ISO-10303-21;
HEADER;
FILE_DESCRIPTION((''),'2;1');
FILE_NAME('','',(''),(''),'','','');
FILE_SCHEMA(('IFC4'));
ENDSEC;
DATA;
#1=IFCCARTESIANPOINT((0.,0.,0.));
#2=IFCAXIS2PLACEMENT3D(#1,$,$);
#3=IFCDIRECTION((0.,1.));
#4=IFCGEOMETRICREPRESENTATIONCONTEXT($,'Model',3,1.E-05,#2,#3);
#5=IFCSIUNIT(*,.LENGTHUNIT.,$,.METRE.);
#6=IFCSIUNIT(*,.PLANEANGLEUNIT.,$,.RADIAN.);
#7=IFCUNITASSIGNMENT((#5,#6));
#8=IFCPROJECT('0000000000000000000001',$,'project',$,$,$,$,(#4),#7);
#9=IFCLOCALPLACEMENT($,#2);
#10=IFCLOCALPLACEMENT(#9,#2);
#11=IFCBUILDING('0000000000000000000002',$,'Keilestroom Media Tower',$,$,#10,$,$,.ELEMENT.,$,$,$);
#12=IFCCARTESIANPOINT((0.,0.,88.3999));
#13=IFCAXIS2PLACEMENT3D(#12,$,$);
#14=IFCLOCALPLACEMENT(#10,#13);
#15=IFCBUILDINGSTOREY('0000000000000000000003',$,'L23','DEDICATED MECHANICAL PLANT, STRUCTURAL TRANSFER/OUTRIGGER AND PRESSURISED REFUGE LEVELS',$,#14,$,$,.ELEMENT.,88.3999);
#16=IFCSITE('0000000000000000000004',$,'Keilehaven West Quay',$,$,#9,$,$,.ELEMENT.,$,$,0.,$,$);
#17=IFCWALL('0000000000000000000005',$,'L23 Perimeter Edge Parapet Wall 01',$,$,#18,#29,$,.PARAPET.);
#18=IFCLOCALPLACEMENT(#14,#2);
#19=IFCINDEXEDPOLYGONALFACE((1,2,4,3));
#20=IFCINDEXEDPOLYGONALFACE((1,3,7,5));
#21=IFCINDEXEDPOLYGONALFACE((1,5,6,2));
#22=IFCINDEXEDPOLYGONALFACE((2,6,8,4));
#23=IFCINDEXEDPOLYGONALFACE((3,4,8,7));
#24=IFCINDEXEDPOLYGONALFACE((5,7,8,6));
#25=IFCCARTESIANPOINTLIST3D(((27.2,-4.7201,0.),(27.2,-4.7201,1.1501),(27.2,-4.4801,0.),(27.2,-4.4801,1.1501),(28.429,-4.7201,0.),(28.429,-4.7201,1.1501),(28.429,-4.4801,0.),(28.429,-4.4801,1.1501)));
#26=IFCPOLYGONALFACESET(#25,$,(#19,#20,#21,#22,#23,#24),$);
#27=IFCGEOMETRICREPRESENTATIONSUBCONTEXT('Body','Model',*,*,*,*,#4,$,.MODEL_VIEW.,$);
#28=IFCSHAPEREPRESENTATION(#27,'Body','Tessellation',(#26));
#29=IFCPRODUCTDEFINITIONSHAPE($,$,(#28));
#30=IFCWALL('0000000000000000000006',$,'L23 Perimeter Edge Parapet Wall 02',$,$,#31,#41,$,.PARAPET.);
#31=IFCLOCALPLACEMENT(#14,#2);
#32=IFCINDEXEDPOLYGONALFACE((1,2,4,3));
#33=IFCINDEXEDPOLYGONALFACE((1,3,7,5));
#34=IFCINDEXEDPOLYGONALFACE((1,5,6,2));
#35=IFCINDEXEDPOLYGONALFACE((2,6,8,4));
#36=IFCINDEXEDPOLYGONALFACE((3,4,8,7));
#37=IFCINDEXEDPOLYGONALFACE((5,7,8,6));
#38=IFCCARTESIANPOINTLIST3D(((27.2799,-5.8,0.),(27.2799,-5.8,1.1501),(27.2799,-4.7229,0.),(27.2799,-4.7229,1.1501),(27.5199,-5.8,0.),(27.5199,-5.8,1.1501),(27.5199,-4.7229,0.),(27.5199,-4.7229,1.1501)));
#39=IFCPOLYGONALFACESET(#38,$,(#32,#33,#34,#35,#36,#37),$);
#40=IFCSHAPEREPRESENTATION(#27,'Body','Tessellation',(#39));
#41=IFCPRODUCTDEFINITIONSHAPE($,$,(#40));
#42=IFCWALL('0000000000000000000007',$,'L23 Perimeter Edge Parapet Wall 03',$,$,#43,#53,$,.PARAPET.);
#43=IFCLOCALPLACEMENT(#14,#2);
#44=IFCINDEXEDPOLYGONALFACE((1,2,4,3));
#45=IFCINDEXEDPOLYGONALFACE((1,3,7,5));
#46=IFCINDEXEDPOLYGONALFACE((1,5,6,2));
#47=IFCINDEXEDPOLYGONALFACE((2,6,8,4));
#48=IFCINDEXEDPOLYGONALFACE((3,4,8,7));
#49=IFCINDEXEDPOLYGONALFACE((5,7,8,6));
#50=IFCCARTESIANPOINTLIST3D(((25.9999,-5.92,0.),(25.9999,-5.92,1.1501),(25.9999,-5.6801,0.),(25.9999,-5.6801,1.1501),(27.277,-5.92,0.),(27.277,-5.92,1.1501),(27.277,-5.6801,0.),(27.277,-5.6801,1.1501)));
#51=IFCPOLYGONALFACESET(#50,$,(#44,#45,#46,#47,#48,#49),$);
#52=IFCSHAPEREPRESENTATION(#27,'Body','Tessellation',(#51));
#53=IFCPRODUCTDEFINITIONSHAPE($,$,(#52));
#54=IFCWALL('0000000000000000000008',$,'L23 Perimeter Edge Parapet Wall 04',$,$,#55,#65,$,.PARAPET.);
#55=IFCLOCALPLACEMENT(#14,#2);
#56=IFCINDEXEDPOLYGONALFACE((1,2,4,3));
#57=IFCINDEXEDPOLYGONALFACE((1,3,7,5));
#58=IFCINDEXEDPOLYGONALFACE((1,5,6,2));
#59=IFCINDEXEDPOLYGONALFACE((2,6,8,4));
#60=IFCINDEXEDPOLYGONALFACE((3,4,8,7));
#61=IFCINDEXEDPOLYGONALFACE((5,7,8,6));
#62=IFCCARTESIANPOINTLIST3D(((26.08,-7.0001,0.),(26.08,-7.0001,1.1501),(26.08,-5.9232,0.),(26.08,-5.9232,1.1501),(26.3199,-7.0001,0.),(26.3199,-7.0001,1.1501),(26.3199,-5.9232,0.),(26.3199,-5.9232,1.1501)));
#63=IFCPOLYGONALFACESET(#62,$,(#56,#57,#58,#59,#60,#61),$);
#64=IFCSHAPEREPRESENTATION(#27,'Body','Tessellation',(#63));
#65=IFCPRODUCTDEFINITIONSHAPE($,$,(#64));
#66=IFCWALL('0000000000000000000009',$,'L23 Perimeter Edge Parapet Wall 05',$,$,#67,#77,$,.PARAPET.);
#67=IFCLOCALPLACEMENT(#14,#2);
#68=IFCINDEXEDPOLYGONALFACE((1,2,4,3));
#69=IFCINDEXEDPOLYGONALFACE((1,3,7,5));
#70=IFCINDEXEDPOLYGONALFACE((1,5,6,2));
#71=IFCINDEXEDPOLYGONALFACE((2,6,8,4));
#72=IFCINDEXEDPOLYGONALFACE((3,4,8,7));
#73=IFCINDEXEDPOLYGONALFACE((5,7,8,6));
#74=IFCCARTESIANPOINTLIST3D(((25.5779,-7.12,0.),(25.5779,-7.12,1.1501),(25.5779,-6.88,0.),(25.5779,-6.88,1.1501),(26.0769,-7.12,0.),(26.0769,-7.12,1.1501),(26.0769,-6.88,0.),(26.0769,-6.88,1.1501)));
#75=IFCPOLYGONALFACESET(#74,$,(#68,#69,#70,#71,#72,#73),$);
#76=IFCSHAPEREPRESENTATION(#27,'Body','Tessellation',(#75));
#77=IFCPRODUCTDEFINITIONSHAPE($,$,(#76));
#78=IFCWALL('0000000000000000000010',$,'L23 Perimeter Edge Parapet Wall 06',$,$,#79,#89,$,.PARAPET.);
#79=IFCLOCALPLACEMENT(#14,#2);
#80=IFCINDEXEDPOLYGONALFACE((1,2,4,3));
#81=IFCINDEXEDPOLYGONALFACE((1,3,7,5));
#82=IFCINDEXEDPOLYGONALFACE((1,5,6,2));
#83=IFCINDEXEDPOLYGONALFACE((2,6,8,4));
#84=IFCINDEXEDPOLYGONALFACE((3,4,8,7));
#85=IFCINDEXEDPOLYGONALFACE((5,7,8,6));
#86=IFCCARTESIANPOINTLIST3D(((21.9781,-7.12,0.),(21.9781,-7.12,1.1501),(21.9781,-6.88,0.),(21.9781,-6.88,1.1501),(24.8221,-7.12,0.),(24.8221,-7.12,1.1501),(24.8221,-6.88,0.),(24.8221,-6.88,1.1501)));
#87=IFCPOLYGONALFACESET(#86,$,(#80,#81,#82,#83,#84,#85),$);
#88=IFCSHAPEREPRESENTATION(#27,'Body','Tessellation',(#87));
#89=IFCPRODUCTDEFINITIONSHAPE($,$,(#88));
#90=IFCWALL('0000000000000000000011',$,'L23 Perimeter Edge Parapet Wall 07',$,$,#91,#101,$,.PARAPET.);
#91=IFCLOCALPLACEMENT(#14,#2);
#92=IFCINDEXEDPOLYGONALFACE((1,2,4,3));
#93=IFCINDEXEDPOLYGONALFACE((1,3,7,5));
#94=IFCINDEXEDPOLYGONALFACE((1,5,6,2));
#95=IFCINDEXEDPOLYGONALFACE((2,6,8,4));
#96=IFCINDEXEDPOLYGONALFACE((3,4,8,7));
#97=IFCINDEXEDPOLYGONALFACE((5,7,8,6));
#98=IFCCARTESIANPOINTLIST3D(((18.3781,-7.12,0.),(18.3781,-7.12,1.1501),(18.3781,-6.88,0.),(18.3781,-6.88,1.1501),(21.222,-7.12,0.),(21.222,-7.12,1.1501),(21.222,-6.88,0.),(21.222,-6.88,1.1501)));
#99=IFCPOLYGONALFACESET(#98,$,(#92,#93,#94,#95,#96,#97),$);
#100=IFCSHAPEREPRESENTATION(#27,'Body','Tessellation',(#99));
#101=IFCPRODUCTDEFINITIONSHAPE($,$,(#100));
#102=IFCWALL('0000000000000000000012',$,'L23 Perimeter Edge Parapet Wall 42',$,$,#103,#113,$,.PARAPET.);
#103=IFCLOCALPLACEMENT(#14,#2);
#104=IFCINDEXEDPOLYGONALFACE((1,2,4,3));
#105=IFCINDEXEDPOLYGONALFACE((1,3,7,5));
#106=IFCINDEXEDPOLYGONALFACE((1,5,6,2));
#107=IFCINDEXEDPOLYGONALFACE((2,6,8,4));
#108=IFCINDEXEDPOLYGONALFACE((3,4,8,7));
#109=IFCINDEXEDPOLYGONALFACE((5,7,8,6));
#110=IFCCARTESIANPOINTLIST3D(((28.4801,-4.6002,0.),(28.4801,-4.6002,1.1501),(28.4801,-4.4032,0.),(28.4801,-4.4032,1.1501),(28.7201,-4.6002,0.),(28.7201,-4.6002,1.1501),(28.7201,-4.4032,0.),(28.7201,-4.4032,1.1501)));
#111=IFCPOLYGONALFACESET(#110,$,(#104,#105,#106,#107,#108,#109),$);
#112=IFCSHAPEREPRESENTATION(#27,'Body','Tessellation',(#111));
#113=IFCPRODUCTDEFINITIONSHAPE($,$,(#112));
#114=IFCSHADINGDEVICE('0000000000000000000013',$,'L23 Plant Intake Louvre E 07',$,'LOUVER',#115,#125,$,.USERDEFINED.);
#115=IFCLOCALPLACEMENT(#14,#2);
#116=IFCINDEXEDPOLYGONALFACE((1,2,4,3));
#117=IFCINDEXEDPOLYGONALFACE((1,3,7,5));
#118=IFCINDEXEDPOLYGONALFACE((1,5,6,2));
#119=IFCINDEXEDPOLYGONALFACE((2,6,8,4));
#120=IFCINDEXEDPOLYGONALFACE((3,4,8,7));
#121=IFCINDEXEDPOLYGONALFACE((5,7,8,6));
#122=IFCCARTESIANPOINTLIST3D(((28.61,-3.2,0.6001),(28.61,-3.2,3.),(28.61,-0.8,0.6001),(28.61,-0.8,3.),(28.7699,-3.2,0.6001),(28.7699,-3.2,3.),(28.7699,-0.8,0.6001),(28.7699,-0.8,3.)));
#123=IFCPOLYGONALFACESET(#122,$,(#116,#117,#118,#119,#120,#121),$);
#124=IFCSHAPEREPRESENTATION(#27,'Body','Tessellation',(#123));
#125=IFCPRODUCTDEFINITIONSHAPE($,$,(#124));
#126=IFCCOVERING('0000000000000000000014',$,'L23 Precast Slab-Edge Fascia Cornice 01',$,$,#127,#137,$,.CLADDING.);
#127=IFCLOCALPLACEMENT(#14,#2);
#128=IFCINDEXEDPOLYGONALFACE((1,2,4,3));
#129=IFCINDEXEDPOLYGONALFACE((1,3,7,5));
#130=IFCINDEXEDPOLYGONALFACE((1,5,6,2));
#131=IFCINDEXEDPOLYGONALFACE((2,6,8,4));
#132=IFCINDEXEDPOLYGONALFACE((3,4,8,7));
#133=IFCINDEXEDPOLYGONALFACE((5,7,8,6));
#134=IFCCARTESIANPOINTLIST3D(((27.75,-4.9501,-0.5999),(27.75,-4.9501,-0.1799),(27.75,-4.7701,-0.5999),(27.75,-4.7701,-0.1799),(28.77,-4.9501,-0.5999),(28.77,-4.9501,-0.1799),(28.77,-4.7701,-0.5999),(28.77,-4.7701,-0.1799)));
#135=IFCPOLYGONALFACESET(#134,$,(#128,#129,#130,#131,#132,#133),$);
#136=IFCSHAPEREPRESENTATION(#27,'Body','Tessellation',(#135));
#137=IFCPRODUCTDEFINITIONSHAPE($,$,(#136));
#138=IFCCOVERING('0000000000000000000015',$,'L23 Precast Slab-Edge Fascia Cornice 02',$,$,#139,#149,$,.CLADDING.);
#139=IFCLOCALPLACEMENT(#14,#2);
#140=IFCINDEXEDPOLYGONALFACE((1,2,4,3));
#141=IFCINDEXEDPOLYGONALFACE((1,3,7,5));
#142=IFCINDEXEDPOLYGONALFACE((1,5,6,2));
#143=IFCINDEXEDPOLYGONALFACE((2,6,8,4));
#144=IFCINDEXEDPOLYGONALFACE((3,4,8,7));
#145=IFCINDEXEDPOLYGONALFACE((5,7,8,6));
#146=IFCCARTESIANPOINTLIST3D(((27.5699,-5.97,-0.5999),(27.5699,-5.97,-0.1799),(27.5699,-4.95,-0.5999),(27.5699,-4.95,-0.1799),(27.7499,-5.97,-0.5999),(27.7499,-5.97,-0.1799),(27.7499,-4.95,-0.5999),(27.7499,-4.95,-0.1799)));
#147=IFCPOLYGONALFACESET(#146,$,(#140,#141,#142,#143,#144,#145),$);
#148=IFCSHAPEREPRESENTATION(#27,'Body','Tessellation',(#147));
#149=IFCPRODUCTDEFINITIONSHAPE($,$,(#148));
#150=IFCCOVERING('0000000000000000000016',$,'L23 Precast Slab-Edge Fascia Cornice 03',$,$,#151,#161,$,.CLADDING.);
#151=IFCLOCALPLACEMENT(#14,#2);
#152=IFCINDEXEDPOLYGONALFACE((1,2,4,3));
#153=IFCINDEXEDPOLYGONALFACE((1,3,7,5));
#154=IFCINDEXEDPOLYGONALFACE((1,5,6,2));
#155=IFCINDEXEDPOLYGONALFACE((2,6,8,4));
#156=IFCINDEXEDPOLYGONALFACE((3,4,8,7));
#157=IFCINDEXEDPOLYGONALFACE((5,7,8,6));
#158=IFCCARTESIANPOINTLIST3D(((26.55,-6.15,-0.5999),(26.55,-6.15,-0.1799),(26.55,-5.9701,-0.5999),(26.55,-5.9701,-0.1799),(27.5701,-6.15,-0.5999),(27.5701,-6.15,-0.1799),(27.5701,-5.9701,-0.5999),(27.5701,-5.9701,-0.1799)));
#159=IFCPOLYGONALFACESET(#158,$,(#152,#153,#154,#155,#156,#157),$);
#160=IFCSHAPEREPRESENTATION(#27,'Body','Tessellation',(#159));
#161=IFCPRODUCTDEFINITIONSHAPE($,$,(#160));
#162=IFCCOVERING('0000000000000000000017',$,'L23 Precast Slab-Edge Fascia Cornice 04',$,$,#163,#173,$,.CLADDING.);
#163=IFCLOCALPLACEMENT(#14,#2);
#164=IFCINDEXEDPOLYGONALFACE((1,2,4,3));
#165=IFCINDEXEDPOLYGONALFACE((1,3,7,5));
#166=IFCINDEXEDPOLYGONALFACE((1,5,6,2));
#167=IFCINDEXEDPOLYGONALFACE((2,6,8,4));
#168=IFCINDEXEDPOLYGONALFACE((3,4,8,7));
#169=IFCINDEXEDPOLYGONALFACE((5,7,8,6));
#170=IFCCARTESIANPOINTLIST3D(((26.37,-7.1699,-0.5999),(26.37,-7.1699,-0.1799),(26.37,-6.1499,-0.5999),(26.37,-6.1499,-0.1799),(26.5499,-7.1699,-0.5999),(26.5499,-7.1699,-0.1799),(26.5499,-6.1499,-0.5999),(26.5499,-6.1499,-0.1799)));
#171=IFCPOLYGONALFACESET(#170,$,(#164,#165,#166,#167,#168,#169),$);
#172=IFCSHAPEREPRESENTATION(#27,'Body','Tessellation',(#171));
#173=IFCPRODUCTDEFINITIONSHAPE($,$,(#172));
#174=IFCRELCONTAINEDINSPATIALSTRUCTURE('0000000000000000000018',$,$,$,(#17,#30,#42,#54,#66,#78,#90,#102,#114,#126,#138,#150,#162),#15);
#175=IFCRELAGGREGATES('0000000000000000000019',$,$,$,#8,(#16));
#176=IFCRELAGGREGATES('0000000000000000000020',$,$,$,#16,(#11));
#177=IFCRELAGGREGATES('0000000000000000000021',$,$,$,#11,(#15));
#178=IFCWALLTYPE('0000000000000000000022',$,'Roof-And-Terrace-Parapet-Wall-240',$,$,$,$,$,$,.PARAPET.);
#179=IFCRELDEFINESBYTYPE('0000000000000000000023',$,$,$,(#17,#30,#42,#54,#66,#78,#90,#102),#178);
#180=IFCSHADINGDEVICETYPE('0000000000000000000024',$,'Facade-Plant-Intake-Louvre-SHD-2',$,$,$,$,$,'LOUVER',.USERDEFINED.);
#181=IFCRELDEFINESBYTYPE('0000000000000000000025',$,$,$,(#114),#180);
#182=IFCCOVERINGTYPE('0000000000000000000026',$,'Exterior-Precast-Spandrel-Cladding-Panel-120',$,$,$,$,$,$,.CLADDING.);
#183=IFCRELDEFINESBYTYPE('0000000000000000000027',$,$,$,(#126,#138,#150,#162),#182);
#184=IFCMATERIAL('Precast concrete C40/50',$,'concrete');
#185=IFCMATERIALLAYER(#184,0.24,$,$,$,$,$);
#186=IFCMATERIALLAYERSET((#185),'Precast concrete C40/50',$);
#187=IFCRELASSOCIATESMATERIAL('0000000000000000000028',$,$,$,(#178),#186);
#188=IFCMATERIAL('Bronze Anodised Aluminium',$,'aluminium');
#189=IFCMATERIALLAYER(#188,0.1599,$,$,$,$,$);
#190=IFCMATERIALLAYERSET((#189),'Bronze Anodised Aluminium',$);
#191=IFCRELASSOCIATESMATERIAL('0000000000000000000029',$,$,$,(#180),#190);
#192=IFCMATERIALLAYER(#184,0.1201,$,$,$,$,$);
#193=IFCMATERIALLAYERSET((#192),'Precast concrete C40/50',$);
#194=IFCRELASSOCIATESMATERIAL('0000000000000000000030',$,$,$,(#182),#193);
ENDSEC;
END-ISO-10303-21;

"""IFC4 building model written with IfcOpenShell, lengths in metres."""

from ifc_helpers import new_model, si_unit, direction, frame, frame_2d, origin, origin_2d, place, context, subcontext, project, spatial, rectangle, extrude, source, transform, mapped, material, layer, layer_set, type_object, element, save


model = new_model("IFC4")

# Units and contexts
model_context = context("Model", 3, precision=1e-05, world=origin(), true_north=direction((0.0, 1.0)))
body_context = subcontext(model_context, "Body", "Model", "MODEL_VIEW")
ifc_project = project(units=[si_unit("LENGTHUNIT", "METRE"), si_unit("PLANEANGLEUNIT", "RADIAN")], contexts=[model_context])

# Site, building, storey
site_placement = place(None, origin())
site = spatial("IfcSite", under=ifc_project, at=site_placement, Name="Keilehaven West Quay", CompositionType="ELEMENT", RefElevation=0.0)
building_placement = place(site_placement, origin())
building = spatial("IfcBuilding", under=site, at=building_placement, Name="Keilestroom Media Tower", CompositionType="ELEMENT")
storey_placement = place(building_placement, frame((0.0, 0.0, 88.3999)))
storey = spatial("IfcBuildingStorey", under=building, at=storey_placement, Name="L23", Description="DEDICATED MECHANICAL PLANT, STRUCTURAL TRANSFER/OUTRIGGER AND PRESSURISED REFUGE LEVELS", CompositionType="ELEMENT", Elevation=88.3999)

# Shared definitions
ifc_material_1 = material(Name="Precast concrete C40/50", Category="concrete")

# Walls
ifc_layer_1 = layer(ifc_material_1, 0.24)
ifc_layer_set_1 = layer_set([ifc_layer_1], Name="Precast concrete C40/50")
wall_type_1 = type_object("IfcWallType", Name="Roof-And-Terrace-Parapet-Wall-240", PredefinedType="PARAPET", material=ifc_layer_set_1)
wall_1_placement = place(storey_placement, frame((28.429, -4.6001, 0.0), z_axis=(0.0, 0.0, 1.0), x_axis=(-1.0, 0.0, 0.0)))
element("IfcWall", 1, at=wall_1_placement, inside=storey, type_object=wall_type_1, Name="L23 Perimeter Edge Parapet Wall 01", PredefinedType="PARAPET", context=body_context, shape_type="SweptSolid", body=[
    extrude(rectangle(XDim=1.229, YDim=0.24, at=frame_2d((0.6145, 0.0))), origin(), (0.0, 0.0, 1.0), 1.1501),
])
wall_2_placement = place(storey_placement, frame((27.3999, -4.7229, 0.0), z_axis=(0.0, 0.0, 1.0), x_axis=(0.0, -1.0, 0.0)))
element("IfcWall", 2, at=wall_2_placement, inside=storey, type_object=wall_type_1, Name="L23 Perimeter Edge Parapet Wall 02", PredefinedType="PARAPET", context=body_context, shape_type="SweptSolid", body=[
    extrude(rectangle(XDim=1.0771, YDim=0.24, at=frame_2d((0.5386, 0.0))), origin(), (0.0, 0.0, 1.0), 1.1501),
])
wall_3_placement = place(storey_placement, frame((27.2771, -5.8, 0.0), z_axis=(0.0, 0.0, 1.0), x_axis=(-1.0, 0.0, 0.0)))
element("IfcWall", 3, at=wall_3_placement, inside=storey, type_object=wall_type_1, Name="L23 Perimeter Edge Parapet Wall 03", PredefinedType="PARAPET", context=body_context, shape_type="SweptSolid", body=[
    extrude(rectangle(XDim=1.2771, YDim=0.24, at=frame_2d((0.6387, 0.0))), origin(), (0.0, 0.0, 1.0), 1.1501),
])
wall_4_placement = place(storey_placement, frame((26.2, -5.9231, 0.0), z_axis=(0.0, 0.0, 1.0), x_axis=(0.0, -1.0, 0.0)))
element("IfcWall", 4, at=wall_4_placement, inside=storey, type_object=wall_type_1, Name="L23 Perimeter Edge Parapet Wall 04", PredefinedType="PARAPET", context=body_context, shape_type="SweptSolid", body=[
    extrude(rectangle(XDim=1.0769, YDim=0.24, at=frame_2d((0.5386, 0.0))), origin(), (0.0, 0.0, 1.0), 1.1501),
])
wall_5_placement = place(storey_placement, frame((26.0769, -7.0, 0.0), z_axis=(0.0, 0.0, 1.0), x_axis=(-1.0, 0.0, 0.0)))
element("IfcWall", 5, at=wall_5_placement, inside=storey, type_object=wall_type_1, Name="L23 Perimeter Edge Parapet Wall 05", PredefinedType="PARAPET", context=body_context, shape_type="SweptSolid", body=[
    extrude(rectangle(XDim=0.499, YDim=0.24, at=frame_2d((0.2495, 0.0))), origin(), (0.0, 0.0, 1.0), 1.1501),
])
for number, where, z_axis, x_axis, name in (
    (6, (24.822, -7.0, 0.0), (0.0, 0.0, 1.0), (-1.0, 0.0, 0.0), "L23 Perimeter Edge Parapet Wall 06"),
    (7, (21.2219, -7.0, 0.0), (0.0, 0.0, 1.0), (-1.0, 0.0, 0.0), "L23 Perimeter Edge Parapet Wall 07"),
):
    element("IfcWall", number, at=place(storey_placement, frame(where, z_axis=z_axis, x_axis=x_axis)), inside=storey, type_object=wall_type_1, Name=name, PredefinedType="PARAPET", context=body_context, shape_type="SweptSolid", body=[
        extrude(rectangle(XDim=2.844, YDim=0.24, at=frame_2d((1.4219, 0.0))), origin(), (0.0, 0.0, 1.0), 1.1501),
    ])
wall_6_placement = place(storey_placement, frame((28.6001, -4.4031, 0.0), z_axis=(0.0, 0.0, 1.0), x_axis=(0.0, -1.0, 0.0)))
element("IfcWall", 8, at=wall_6_placement, inside=storey, type_object=wall_type_1, Name="L23 Perimeter Edge Parapet Wall 42", PredefinedType="PARAPET", context=body_context, shape_type="SweptSolid", body=[
    extrude(rectangle(XDim=0.197, YDim=0.24, at=frame_2d((0.0986, 0.0))), origin(), (0.0, 0.0, 1.0), 1.1501),
])

# Shading device
ifc_material_2 = material(Name="Bronze Anodised Aluminium", Category="aluminium")
ifc_layer_2 = layer(ifc_material_2, 0.1599)
ifc_layer_set_2 = layer_set([ifc_layer_2], Name="Bronze Anodised Aluminium")
shading_device_type = type_object("IfcShadingDeviceType", Name="Facade-Plant-Intake-Louvre-SHD-2", ElementType="LOUVER", PredefinedType="USERDEFINED", material=ifc_layer_set_2)
shared_shape_1 = source(origin(), body_context, "Body", "SweptSolid", [
    extrude(rectangle(XDim=0.1599, YDim=2.3999, at=origin_2d()), origin(), (0.0, 0.0, 1.0), 2.3999),
])
shading_device_placement = place(storey_placement, frame((28.6899, -2.0, 0.6001), z_axis=(0.0, 0.0, 1.0), x_axis=(1.0, 0.0, 0.0)))
element("IfcShadingDevice", 9, at=shading_device_placement, inside=storey, type_object=shading_device_type, Name="L23 Plant Intake Louvre E 07", ObjectType="LOUVER", PredefinedType="USERDEFINED", context=body_context, shape_type="MappedRepresentation", body=[
    mapped(shared_shape_1, transform((0.0, 0.0, 0.0), x_axis=(1.0, 0.0, 0.0), y_axis=(0.0, 1.0, 0.0), z_axis=(0.0, 0.0, 1.0), scale=1.0)),
])

# Coverings
ifc_layer_3 = layer(ifc_material_1, 0.1201)
ifc_layer_set_3 = layer_set([ifc_layer_3], Name="Precast concrete C40/50")
covering_type = type_object("IfcCoveringType", Name="Exterior-Precast-Spandrel-Cladding-Panel-120", PredefinedType="CLADDING", material=ifc_layer_set_3)
shared_shape_2 = source(origin(), body_context, "Body", "SweptSolid", [
    extrude(rectangle(XDim=1.02, YDim=0.1799, at=origin_2d()), origin(), (0.0, 0.0, 1.0), 0.4199),
])
for number, where, z_axis, x_axis, name in (
    (10, (28.26, -4.8601, -0.5999), (0.0, 0.0, 1.0), (-1.0, 0.0, 0.0), "L23 Precast Slab-Edge Fascia Cornice 01"),
    (11, (27.6599, -5.46, -0.5999), (0.0, 0.0, 1.0), (0.0, -1.0, 0.0), "L23 Precast Slab-Edge Fascia Cornice 02"),
    (12, (27.0601, -6.0601, -0.5999), (0.0, 0.0, 1.0), (-1.0, 0.0, 0.0), "L23 Precast Slab-Edge Fascia Cornice 03"),
    (13, (26.46, -6.6599, -0.5999), (0.0, 0.0, 1.0), (0.0, -1.0, 0.0), "L23 Precast Slab-Edge Fascia Cornice 04"),
):
    element("IfcCovering", number, at=place(storey_placement, frame(where, z_axis=z_axis, x_axis=x_axis)), inside=storey, type_object=covering_type, Name=name, PredefinedType="CLADDING", context=body_context, shape_type="MappedRepresentation", body=[
        mapped(shared_shape_2, transform((0.0, 0.0, 0.0), x_axis=(1.0, 0.0, 0.0), y_axis=(0.0, 1.0, 0.0), z_axis=(0.0, 0.0, 1.0), scale=1.0)),
    ])

save(model, "model.ifc")
